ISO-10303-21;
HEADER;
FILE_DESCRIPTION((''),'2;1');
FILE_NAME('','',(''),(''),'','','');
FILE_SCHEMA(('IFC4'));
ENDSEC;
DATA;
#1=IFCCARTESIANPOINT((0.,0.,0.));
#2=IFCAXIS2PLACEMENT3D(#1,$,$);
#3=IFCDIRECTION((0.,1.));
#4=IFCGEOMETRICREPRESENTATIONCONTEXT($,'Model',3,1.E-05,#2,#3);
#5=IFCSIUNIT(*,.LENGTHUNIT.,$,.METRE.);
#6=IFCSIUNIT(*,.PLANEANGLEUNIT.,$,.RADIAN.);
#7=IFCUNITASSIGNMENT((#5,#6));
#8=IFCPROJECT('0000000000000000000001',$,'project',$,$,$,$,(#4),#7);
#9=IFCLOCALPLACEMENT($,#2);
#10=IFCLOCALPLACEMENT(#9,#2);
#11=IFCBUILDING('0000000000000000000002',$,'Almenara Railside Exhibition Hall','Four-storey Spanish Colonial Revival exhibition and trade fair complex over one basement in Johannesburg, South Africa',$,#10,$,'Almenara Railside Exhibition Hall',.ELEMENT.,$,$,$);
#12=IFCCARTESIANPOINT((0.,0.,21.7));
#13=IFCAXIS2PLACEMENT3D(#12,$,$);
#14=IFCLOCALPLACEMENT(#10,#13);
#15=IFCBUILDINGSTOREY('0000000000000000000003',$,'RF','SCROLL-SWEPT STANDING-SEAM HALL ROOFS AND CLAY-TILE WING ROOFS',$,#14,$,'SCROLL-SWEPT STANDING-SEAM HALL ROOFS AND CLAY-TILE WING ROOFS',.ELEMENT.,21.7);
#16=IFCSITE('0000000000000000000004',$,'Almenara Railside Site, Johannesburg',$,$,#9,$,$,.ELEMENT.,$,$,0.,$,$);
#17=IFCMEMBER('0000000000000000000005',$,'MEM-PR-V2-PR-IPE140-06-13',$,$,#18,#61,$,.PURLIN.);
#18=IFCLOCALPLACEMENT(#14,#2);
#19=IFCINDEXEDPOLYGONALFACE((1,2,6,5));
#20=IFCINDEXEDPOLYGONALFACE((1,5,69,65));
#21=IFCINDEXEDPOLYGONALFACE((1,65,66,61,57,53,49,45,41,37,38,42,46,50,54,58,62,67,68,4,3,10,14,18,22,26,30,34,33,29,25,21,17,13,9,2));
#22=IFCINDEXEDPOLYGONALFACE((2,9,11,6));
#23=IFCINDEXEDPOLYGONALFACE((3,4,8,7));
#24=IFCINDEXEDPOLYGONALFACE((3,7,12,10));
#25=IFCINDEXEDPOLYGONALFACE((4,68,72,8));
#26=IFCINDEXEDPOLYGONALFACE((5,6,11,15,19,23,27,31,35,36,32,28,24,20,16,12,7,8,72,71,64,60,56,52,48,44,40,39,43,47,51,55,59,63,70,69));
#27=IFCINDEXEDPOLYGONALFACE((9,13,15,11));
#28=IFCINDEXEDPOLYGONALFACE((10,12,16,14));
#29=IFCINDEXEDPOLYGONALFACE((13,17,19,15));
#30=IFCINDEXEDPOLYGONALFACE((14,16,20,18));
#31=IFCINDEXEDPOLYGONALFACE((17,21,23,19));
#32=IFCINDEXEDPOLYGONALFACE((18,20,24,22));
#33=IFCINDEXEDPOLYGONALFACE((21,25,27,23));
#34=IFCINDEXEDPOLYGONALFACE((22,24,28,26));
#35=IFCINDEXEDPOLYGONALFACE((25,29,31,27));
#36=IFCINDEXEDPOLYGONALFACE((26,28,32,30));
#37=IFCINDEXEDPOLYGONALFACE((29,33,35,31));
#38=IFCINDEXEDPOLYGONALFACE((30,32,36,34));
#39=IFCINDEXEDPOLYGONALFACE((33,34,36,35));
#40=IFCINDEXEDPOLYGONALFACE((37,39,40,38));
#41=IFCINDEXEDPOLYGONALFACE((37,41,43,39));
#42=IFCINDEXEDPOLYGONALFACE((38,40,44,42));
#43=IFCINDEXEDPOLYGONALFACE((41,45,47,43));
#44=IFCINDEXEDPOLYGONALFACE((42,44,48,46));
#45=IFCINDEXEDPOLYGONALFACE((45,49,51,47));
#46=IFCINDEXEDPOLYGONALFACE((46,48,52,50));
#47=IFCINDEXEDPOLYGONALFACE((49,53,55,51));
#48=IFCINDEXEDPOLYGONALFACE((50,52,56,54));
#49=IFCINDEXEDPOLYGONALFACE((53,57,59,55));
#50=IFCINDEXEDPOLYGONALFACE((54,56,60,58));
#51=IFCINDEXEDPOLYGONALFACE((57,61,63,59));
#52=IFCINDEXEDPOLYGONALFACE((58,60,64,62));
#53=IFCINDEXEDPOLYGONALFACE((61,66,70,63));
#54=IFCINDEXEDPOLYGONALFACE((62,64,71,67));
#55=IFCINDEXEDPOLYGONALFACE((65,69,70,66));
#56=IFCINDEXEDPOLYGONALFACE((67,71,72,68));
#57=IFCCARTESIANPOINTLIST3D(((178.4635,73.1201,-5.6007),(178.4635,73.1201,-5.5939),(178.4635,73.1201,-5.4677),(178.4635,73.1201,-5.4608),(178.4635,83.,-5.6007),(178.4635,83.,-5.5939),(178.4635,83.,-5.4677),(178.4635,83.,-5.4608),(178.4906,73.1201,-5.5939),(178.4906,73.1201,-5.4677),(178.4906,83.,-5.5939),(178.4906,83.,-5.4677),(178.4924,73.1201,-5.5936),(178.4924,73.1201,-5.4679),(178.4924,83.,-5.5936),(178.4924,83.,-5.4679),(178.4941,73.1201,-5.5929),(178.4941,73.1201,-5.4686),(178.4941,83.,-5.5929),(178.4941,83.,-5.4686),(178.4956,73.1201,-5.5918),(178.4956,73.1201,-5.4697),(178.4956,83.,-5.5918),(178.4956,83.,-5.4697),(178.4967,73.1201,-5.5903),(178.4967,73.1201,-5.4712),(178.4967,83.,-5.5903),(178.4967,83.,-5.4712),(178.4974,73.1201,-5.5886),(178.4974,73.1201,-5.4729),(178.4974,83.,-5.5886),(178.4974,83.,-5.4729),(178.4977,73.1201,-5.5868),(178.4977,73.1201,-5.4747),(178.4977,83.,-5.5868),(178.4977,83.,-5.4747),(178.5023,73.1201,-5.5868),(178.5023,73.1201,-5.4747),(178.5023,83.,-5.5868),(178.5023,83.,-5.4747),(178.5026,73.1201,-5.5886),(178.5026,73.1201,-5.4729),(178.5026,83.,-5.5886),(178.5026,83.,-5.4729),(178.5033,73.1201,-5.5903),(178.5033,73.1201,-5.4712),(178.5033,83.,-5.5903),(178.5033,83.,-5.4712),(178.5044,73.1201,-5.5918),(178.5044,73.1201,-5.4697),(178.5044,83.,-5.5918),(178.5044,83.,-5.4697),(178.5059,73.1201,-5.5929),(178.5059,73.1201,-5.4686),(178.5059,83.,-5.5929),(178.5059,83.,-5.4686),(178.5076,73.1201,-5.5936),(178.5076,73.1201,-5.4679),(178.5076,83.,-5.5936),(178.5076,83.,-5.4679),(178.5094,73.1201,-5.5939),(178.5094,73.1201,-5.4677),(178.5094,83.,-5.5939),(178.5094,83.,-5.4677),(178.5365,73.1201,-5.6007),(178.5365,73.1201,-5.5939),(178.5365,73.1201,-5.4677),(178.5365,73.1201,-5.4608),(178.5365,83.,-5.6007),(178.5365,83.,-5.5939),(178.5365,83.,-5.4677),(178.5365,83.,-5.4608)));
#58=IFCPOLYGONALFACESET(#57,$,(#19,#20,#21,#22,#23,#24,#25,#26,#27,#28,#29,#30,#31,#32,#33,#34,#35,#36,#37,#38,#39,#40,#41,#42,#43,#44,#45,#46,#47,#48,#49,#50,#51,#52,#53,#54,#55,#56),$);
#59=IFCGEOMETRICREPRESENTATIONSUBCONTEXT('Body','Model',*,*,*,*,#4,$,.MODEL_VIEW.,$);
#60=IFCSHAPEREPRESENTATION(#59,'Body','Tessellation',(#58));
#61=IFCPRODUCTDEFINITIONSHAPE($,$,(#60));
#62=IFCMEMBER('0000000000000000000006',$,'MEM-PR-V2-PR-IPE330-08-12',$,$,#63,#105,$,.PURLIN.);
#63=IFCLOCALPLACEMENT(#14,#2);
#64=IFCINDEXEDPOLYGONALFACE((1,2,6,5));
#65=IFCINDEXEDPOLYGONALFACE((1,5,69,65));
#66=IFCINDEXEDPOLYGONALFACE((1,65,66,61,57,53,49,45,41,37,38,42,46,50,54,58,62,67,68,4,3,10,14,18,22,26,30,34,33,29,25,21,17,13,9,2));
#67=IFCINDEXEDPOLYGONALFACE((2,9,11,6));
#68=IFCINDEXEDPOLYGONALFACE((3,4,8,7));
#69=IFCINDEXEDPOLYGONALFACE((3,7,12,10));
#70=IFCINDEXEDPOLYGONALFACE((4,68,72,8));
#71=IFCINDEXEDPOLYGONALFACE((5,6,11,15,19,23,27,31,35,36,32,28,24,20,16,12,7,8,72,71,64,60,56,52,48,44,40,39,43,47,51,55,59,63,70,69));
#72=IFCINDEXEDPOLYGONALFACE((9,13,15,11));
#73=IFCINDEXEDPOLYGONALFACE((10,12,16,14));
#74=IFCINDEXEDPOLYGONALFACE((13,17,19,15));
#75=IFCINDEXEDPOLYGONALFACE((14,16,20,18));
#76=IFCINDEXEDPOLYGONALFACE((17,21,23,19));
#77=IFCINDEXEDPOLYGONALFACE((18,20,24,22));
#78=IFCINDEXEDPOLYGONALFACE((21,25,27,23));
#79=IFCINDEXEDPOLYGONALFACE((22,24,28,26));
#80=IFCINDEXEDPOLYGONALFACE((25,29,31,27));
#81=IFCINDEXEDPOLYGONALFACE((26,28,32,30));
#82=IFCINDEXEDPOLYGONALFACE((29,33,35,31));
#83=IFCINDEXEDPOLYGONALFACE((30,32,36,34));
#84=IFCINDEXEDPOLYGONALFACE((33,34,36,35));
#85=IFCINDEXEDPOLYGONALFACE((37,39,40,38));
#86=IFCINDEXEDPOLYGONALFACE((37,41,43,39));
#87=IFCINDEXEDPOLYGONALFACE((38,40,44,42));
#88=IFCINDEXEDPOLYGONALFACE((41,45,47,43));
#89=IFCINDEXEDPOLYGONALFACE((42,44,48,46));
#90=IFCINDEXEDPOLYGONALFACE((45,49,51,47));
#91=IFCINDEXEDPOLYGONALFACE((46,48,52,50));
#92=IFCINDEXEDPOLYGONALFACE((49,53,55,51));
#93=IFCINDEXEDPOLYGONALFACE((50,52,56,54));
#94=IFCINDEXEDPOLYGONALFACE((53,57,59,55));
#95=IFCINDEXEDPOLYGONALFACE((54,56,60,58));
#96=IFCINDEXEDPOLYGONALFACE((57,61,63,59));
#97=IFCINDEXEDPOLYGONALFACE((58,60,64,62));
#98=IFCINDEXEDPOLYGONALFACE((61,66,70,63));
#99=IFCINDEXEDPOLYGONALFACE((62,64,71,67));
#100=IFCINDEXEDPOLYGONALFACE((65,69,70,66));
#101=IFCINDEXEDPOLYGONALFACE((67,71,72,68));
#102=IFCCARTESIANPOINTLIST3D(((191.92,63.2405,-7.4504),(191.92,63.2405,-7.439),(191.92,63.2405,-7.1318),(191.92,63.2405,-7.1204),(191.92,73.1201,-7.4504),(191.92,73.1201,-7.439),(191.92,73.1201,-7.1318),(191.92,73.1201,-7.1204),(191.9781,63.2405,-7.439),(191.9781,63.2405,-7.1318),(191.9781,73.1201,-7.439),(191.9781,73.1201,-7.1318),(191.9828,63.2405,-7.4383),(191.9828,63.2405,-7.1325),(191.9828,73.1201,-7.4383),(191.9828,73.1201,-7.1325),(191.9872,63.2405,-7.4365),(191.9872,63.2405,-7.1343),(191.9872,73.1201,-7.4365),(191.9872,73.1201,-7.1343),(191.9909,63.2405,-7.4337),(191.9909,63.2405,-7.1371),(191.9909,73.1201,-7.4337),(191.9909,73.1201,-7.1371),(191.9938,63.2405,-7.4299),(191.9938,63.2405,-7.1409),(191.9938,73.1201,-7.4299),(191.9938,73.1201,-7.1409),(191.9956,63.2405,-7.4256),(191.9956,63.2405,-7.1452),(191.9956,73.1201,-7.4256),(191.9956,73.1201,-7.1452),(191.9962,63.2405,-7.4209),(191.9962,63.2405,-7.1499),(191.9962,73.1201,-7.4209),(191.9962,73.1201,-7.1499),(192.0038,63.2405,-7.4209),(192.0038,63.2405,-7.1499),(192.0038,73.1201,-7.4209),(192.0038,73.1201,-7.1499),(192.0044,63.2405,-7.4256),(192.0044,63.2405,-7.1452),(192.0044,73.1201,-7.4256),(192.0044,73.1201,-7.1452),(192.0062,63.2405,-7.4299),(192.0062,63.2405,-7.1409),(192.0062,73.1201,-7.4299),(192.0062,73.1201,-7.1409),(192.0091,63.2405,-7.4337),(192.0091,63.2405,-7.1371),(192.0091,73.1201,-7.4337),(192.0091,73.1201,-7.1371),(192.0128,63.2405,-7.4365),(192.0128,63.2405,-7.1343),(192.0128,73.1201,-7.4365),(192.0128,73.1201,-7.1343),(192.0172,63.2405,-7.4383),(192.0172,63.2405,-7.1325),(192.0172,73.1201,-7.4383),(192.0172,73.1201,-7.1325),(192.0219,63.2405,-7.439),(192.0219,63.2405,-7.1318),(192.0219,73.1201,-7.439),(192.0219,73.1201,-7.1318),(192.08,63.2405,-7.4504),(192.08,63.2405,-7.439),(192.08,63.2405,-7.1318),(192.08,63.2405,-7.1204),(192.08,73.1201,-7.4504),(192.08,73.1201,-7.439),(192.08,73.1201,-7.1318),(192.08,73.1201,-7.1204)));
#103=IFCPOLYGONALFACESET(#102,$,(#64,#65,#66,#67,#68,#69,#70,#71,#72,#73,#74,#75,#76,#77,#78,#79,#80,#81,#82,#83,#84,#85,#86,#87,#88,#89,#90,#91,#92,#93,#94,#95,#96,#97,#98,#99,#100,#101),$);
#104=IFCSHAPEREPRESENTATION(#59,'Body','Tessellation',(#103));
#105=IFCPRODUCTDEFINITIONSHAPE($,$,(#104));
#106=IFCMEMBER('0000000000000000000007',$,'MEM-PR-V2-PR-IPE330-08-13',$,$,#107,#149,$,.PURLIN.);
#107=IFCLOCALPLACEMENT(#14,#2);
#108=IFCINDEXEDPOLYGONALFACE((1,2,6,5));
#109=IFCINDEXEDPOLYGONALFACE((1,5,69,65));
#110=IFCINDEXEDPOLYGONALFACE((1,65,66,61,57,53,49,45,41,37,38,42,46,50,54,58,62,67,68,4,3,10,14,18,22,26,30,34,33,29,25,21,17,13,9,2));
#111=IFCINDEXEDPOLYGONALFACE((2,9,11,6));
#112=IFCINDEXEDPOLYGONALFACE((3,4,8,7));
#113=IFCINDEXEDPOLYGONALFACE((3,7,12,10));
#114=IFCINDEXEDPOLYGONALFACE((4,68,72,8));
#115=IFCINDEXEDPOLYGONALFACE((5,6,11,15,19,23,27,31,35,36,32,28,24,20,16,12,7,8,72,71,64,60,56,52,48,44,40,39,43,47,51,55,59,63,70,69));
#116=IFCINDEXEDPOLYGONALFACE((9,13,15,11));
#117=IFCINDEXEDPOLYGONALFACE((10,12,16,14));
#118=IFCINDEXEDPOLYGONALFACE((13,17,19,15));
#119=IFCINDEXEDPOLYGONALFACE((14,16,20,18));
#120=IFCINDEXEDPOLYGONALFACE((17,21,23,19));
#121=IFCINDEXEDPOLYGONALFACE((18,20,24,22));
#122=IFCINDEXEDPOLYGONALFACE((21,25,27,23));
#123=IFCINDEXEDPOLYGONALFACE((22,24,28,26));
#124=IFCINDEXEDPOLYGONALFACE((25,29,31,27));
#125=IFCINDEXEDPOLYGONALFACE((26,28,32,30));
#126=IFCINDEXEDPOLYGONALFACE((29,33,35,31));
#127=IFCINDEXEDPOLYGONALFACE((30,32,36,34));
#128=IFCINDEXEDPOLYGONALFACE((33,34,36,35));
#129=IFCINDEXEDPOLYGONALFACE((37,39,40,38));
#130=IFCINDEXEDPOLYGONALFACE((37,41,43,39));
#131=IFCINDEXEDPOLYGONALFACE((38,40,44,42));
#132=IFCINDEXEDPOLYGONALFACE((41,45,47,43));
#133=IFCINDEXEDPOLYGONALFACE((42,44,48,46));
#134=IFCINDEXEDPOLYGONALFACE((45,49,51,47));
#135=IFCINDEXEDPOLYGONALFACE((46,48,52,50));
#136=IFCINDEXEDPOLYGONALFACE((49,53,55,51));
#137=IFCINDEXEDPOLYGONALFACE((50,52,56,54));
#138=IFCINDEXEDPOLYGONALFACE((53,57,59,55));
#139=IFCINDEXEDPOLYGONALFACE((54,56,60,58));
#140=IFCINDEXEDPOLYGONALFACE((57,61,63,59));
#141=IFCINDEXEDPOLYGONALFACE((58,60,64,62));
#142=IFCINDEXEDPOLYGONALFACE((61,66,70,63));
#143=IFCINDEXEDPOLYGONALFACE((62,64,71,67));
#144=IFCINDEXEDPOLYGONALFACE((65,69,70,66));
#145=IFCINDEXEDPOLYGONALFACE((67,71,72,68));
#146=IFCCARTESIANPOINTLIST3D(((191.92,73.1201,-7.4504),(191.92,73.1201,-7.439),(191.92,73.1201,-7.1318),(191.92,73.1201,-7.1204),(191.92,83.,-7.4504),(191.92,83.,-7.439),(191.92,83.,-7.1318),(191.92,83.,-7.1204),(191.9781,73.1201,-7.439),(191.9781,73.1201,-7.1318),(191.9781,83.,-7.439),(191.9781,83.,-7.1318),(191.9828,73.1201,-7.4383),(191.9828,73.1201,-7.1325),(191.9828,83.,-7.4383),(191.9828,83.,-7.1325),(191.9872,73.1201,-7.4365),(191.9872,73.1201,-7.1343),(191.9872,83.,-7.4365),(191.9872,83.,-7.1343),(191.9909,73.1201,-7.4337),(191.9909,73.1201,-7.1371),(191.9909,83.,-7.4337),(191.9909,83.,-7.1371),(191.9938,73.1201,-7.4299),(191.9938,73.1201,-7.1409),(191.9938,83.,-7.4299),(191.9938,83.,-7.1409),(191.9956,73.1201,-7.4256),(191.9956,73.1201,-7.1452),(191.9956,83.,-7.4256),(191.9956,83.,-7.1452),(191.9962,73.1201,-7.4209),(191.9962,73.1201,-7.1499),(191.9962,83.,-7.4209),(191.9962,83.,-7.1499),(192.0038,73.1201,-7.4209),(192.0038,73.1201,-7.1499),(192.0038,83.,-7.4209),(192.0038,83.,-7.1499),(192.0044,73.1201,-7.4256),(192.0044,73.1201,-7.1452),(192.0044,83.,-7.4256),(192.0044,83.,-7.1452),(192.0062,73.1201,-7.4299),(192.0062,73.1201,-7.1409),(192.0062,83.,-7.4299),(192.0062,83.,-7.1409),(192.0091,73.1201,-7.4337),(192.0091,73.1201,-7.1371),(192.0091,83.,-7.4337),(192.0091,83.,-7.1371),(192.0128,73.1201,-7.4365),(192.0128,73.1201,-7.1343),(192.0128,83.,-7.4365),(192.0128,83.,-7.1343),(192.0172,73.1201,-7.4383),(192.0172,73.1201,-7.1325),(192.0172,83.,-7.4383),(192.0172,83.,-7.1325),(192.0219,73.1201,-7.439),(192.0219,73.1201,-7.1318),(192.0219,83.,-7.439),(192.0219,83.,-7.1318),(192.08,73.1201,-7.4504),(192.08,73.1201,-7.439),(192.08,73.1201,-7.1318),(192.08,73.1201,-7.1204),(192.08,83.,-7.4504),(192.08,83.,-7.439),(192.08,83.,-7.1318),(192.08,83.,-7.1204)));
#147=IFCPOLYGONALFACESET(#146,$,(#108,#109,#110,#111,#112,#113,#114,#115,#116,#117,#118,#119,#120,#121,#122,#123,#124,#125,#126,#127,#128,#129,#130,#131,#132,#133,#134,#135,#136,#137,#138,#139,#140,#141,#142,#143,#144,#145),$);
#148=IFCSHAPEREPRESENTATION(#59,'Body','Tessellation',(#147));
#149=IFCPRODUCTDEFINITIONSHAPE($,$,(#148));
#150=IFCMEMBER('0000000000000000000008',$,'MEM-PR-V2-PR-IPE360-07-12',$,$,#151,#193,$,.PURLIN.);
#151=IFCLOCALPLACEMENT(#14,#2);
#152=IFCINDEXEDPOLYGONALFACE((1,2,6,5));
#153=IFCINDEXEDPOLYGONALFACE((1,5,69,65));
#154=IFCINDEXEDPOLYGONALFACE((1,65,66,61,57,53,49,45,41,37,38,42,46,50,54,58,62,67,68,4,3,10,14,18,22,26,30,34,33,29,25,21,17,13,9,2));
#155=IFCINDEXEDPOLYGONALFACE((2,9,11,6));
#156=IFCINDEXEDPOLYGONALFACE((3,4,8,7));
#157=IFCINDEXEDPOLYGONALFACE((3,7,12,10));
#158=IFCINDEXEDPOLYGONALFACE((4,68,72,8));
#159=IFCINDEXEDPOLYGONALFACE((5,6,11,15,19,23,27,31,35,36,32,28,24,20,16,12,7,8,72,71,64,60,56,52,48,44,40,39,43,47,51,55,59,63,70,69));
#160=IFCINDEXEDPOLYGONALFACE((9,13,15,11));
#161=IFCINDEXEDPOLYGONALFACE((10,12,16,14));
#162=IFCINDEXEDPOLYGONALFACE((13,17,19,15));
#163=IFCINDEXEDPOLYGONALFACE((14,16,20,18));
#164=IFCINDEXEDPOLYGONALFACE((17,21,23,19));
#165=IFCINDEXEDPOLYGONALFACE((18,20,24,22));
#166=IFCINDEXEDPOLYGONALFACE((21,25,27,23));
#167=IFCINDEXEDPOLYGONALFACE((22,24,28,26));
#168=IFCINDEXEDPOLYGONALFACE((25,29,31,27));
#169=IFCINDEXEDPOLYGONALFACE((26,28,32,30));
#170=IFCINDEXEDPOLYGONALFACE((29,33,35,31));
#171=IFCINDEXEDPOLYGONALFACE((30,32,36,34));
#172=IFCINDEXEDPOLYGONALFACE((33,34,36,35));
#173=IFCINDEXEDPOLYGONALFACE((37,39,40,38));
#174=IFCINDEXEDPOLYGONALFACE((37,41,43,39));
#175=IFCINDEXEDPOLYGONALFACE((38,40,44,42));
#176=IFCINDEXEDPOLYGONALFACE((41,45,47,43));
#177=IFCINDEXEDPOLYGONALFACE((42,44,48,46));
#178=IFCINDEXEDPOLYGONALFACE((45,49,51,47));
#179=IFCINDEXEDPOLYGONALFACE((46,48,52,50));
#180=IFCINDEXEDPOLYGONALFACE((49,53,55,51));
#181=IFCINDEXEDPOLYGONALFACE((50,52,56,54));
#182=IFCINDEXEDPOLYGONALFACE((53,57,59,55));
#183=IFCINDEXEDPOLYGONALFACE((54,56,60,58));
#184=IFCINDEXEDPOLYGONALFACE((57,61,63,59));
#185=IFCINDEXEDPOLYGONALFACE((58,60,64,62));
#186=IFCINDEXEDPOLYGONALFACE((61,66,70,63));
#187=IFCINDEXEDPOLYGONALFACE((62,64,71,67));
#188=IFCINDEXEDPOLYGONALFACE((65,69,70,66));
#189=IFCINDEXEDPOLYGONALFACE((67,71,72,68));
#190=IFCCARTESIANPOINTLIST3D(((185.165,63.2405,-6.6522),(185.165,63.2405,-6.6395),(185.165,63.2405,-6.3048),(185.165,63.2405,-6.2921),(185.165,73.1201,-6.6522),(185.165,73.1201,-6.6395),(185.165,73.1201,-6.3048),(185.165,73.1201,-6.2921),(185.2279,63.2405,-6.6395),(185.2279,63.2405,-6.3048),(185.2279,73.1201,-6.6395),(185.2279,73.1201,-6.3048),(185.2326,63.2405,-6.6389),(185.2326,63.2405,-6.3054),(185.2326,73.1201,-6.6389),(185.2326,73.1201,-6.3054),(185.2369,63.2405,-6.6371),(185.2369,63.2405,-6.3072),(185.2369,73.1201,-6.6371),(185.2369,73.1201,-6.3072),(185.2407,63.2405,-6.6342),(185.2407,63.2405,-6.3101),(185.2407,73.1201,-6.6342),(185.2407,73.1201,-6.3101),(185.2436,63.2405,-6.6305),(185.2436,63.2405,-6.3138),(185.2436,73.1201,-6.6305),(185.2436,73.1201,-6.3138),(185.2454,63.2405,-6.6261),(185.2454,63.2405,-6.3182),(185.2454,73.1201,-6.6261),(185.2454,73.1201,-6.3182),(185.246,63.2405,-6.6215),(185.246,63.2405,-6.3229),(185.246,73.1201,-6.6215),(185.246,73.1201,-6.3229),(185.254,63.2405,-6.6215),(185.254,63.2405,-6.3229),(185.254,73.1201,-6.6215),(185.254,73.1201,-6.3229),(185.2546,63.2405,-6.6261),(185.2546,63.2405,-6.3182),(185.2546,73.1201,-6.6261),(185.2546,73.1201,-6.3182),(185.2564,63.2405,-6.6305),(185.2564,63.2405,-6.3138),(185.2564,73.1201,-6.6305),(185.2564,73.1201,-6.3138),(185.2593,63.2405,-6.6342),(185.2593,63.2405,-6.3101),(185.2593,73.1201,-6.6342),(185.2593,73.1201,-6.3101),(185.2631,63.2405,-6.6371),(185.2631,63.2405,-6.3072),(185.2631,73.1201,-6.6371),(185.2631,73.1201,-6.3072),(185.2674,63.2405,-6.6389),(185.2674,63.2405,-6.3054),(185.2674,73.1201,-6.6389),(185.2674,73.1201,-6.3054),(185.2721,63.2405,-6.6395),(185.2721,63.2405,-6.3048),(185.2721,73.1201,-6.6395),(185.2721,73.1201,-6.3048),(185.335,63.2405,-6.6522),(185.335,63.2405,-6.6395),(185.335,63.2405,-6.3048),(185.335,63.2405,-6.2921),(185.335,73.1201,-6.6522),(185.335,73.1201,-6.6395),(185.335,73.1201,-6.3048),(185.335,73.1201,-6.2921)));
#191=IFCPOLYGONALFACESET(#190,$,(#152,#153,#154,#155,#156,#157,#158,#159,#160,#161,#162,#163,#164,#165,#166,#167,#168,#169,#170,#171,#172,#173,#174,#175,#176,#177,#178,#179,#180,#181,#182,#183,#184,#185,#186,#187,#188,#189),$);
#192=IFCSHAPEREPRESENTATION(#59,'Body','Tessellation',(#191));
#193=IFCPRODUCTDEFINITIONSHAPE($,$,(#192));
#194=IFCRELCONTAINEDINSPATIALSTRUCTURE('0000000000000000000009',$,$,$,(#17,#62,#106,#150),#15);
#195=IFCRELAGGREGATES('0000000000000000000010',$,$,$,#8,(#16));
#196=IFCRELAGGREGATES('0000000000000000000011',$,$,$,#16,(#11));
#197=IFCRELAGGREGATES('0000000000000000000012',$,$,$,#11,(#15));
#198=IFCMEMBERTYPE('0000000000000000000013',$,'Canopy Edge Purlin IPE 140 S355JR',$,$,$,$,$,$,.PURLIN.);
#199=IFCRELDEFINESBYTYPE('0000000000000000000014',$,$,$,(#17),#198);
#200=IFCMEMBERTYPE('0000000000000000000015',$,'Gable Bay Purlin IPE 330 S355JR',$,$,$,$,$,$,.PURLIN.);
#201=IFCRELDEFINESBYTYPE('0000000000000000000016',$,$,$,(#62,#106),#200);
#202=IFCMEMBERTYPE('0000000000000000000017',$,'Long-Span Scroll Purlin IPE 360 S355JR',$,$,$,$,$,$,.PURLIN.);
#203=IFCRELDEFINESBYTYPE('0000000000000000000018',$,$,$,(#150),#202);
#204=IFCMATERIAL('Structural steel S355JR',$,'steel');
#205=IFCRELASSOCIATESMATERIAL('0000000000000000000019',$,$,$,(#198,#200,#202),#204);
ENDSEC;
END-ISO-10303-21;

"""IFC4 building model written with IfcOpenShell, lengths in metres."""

from ifc_helpers import new_model, si_unit, direction, frame, origin, origin_2d, place, context, subcontext, project, spatial, i_section, extrude, material, material_profile, profile_set, type_object, element, save


model = new_model("IFC4")

# Units and contexts
model_context = context("Model", 3, precision=1e-05, world=origin(), true_north=direction((0.0, 1.0)))
body_context = subcontext(model_context, "Body", "Model", "MODEL_VIEW")
ifc_project = project(units=[si_unit("LENGTHUNIT", "METRE"), si_unit("PLANEANGLEUNIT", "RADIAN")], contexts=[model_context])

# Site, building, storey
site_placement = place(None, origin())
site = spatial("IfcSite", under=ifc_project, at=site_placement, Name="Almenara Railside Site, Johannesburg", CompositionType="ELEMENT", RefElevation=0.0)
building_placement = place(site_placement, origin())
building = spatial("IfcBuilding", under=site, at=building_placement, Name="Almenara Railside Exhibition Hall", Description="Four-storey Spanish Colonial Revival exhibition and trade fair complex over one basement in Johannesburg, South Africa", LongName="Almenara Railside Exhibition Hall", CompositionType="ELEMENT")
storey_placement = place(building_placement, frame((0.0, 0.0, 21.7)))
storey = spatial("IfcBuildingStorey", under=building, at=storey_placement, Name="RF", Description="SCROLL-SWEPT STANDING-SEAM HALL ROOFS AND CLAY-TILE WING ROOFS", LongName="SCROLL-SWEPT STANDING-SEAM HALL ROOFS AND CLAY-TILE WING ROOFS", CompositionType="ELEMENT", Elevation=21.7)

# Members
ifc_material_1 = material(Name="Structural steel S355JR", Category="steel")
ifc_material_profile_1 = material_profile(ifc_material_1, i_section(OverallWidth=0.073, OverallDepth=0.1399, WebThickness=0.0046, FlangeThickness=0.0068, FilletRadius=0.0071, at=origin_2d()), Name="IPE 140")
ifc_profile_set_1 = profile_set([ifc_material_profile_1], Name="Structural steel S355JR")
member_type_1 = type_object("IfcMemberType", Name="Canopy Edge Purlin IPE 140 S355JR", PredefinedType="PURLIN", material=ifc_profile_set_1)
member_1_placement = place(storey_placement, frame((178.5, 73.1201, -5.5308), z_axis=(0.0, 1.0, 0.0), x_axis=(-1.0, 0.0, 0.0)))
element("IfcMember", 1, at=member_1_placement, inside=storey, type_object=member_type_1, Name="MEM-PR-V2-PR-IPE140-06-13", PredefinedType="PURLIN", context=body_context, shape_type="SweptSolid", body=[
    extrude(i_section(OverallWidth=0.073, OverallDepth=0.1399, WebThickness=0.0046, FlangeThickness=0.0068, FilletRadius=0.0071, at=origin_2d()), origin(), (0.0, 0.0, 1.0), 9.8799),
])
ifc_material_profile_2 = material_profile(ifc_material_1, i_section(OverallWidth=0.1599, OverallDepth=0.3301, WebThickness=0.0076, FlangeThickness=0.0115, FilletRadius=0.0181, at=origin_2d()), Name="IPE 330")
ifc_profile_set_2 = profile_set([ifc_material_profile_2], Name="Structural steel S355JR")
member_type_2 = type_object("IfcMemberType", Name="Gable Bay Purlin IPE 330 S355JR", PredefinedType="PURLIN", material=ifc_profile_set_2)
member_2_placement = place(storey_placement, frame((192.0, 63.2405, -7.2854), z_axis=(0.0, 1.0, 0.0), x_axis=(-1.0, 0.0, 0.0)))
element("IfcMember", 2, at=member_2_placement, inside=storey, type_object=member_type_2, Name="MEM-PR-V2-PR-IPE330-08-12", PredefinedType="PURLIN", context=body_context, shape_type="SweptSolid", body=[
    extrude(i_section(OverallWidth=0.1599, OverallDepth=0.3301, WebThickness=0.0076, FlangeThickness=0.0115, FilletRadius=0.0181, at=origin_2d()), origin(), (0.0, 0.0, 1.0), 9.8796),
])
member_3_placement = place(storey_placement, frame((192.0, 73.1201, -7.2854), z_axis=(0.0, 1.0, 0.0), x_axis=(-1.0, 0.0, 0.0)))
element("IfcMember", 3, at=member_3_placement, inside=storey, type_object=member_type_2, Name="MEM-PR-V2-PR-IPE330-08-13", PredefinedType="PURLIN", context=body_context, shape_type="SweptSolid", body=[
    extrude(i_section(OverallWidth=0.1599, OverallDepth=0.3301, WebThickness=0.0076, FlangeThickness=0.0115, FilletRadius=0.0181, at=origin_2d()), origin(), (0.0, 0.0, 1.0), 9.8799),
])
ifc_material_profile_3 = material_profile(ifc_material_1, i_section(OverallWidth=0.1699, OverallDepth=0.3601, WebThickness=0.0081, FlangeThickness=0.0127, FilletRadius=0.0181, at=origin_2d()), Name="IPE 360")
ifc_profile_set_3 = profile_set([ifc_material_profile_3], Name="Structural steel S355JR")
member_type_3 = type_object("IfcMemberType", Name="Long-Span Scroll Purlin IPE 360 S355JR", PredefinedType="PURLIN", material=ifc_profile_set_3)
member_4_placement = place(storey_placement, frame((185.25, 63.2405, -6.4722), z_axis=(0.0, 1.0, 0.0), x_axis=(-1.0, 0.0, 0.0)))
element("IfcMember", 4, at=member_4_placement, inside=storey, type_object=member_type_3, Name="MEM-PR-V2-PR-IPE360-07-12", PredefinedType="PURLIN", context=body_context, shape_type="SweptSolid", body=[
    extrude(i_section(OverallWidth=0.1699, OverallDepth=0.3601, WebThickness=0.0081, FlangeThickness=0.0127, FilletRadius=0.0181, at=origin_2d()), origin(), (0.0, 0.0, 1.0), 9.8796),
])

save(model, "model.ifc")
